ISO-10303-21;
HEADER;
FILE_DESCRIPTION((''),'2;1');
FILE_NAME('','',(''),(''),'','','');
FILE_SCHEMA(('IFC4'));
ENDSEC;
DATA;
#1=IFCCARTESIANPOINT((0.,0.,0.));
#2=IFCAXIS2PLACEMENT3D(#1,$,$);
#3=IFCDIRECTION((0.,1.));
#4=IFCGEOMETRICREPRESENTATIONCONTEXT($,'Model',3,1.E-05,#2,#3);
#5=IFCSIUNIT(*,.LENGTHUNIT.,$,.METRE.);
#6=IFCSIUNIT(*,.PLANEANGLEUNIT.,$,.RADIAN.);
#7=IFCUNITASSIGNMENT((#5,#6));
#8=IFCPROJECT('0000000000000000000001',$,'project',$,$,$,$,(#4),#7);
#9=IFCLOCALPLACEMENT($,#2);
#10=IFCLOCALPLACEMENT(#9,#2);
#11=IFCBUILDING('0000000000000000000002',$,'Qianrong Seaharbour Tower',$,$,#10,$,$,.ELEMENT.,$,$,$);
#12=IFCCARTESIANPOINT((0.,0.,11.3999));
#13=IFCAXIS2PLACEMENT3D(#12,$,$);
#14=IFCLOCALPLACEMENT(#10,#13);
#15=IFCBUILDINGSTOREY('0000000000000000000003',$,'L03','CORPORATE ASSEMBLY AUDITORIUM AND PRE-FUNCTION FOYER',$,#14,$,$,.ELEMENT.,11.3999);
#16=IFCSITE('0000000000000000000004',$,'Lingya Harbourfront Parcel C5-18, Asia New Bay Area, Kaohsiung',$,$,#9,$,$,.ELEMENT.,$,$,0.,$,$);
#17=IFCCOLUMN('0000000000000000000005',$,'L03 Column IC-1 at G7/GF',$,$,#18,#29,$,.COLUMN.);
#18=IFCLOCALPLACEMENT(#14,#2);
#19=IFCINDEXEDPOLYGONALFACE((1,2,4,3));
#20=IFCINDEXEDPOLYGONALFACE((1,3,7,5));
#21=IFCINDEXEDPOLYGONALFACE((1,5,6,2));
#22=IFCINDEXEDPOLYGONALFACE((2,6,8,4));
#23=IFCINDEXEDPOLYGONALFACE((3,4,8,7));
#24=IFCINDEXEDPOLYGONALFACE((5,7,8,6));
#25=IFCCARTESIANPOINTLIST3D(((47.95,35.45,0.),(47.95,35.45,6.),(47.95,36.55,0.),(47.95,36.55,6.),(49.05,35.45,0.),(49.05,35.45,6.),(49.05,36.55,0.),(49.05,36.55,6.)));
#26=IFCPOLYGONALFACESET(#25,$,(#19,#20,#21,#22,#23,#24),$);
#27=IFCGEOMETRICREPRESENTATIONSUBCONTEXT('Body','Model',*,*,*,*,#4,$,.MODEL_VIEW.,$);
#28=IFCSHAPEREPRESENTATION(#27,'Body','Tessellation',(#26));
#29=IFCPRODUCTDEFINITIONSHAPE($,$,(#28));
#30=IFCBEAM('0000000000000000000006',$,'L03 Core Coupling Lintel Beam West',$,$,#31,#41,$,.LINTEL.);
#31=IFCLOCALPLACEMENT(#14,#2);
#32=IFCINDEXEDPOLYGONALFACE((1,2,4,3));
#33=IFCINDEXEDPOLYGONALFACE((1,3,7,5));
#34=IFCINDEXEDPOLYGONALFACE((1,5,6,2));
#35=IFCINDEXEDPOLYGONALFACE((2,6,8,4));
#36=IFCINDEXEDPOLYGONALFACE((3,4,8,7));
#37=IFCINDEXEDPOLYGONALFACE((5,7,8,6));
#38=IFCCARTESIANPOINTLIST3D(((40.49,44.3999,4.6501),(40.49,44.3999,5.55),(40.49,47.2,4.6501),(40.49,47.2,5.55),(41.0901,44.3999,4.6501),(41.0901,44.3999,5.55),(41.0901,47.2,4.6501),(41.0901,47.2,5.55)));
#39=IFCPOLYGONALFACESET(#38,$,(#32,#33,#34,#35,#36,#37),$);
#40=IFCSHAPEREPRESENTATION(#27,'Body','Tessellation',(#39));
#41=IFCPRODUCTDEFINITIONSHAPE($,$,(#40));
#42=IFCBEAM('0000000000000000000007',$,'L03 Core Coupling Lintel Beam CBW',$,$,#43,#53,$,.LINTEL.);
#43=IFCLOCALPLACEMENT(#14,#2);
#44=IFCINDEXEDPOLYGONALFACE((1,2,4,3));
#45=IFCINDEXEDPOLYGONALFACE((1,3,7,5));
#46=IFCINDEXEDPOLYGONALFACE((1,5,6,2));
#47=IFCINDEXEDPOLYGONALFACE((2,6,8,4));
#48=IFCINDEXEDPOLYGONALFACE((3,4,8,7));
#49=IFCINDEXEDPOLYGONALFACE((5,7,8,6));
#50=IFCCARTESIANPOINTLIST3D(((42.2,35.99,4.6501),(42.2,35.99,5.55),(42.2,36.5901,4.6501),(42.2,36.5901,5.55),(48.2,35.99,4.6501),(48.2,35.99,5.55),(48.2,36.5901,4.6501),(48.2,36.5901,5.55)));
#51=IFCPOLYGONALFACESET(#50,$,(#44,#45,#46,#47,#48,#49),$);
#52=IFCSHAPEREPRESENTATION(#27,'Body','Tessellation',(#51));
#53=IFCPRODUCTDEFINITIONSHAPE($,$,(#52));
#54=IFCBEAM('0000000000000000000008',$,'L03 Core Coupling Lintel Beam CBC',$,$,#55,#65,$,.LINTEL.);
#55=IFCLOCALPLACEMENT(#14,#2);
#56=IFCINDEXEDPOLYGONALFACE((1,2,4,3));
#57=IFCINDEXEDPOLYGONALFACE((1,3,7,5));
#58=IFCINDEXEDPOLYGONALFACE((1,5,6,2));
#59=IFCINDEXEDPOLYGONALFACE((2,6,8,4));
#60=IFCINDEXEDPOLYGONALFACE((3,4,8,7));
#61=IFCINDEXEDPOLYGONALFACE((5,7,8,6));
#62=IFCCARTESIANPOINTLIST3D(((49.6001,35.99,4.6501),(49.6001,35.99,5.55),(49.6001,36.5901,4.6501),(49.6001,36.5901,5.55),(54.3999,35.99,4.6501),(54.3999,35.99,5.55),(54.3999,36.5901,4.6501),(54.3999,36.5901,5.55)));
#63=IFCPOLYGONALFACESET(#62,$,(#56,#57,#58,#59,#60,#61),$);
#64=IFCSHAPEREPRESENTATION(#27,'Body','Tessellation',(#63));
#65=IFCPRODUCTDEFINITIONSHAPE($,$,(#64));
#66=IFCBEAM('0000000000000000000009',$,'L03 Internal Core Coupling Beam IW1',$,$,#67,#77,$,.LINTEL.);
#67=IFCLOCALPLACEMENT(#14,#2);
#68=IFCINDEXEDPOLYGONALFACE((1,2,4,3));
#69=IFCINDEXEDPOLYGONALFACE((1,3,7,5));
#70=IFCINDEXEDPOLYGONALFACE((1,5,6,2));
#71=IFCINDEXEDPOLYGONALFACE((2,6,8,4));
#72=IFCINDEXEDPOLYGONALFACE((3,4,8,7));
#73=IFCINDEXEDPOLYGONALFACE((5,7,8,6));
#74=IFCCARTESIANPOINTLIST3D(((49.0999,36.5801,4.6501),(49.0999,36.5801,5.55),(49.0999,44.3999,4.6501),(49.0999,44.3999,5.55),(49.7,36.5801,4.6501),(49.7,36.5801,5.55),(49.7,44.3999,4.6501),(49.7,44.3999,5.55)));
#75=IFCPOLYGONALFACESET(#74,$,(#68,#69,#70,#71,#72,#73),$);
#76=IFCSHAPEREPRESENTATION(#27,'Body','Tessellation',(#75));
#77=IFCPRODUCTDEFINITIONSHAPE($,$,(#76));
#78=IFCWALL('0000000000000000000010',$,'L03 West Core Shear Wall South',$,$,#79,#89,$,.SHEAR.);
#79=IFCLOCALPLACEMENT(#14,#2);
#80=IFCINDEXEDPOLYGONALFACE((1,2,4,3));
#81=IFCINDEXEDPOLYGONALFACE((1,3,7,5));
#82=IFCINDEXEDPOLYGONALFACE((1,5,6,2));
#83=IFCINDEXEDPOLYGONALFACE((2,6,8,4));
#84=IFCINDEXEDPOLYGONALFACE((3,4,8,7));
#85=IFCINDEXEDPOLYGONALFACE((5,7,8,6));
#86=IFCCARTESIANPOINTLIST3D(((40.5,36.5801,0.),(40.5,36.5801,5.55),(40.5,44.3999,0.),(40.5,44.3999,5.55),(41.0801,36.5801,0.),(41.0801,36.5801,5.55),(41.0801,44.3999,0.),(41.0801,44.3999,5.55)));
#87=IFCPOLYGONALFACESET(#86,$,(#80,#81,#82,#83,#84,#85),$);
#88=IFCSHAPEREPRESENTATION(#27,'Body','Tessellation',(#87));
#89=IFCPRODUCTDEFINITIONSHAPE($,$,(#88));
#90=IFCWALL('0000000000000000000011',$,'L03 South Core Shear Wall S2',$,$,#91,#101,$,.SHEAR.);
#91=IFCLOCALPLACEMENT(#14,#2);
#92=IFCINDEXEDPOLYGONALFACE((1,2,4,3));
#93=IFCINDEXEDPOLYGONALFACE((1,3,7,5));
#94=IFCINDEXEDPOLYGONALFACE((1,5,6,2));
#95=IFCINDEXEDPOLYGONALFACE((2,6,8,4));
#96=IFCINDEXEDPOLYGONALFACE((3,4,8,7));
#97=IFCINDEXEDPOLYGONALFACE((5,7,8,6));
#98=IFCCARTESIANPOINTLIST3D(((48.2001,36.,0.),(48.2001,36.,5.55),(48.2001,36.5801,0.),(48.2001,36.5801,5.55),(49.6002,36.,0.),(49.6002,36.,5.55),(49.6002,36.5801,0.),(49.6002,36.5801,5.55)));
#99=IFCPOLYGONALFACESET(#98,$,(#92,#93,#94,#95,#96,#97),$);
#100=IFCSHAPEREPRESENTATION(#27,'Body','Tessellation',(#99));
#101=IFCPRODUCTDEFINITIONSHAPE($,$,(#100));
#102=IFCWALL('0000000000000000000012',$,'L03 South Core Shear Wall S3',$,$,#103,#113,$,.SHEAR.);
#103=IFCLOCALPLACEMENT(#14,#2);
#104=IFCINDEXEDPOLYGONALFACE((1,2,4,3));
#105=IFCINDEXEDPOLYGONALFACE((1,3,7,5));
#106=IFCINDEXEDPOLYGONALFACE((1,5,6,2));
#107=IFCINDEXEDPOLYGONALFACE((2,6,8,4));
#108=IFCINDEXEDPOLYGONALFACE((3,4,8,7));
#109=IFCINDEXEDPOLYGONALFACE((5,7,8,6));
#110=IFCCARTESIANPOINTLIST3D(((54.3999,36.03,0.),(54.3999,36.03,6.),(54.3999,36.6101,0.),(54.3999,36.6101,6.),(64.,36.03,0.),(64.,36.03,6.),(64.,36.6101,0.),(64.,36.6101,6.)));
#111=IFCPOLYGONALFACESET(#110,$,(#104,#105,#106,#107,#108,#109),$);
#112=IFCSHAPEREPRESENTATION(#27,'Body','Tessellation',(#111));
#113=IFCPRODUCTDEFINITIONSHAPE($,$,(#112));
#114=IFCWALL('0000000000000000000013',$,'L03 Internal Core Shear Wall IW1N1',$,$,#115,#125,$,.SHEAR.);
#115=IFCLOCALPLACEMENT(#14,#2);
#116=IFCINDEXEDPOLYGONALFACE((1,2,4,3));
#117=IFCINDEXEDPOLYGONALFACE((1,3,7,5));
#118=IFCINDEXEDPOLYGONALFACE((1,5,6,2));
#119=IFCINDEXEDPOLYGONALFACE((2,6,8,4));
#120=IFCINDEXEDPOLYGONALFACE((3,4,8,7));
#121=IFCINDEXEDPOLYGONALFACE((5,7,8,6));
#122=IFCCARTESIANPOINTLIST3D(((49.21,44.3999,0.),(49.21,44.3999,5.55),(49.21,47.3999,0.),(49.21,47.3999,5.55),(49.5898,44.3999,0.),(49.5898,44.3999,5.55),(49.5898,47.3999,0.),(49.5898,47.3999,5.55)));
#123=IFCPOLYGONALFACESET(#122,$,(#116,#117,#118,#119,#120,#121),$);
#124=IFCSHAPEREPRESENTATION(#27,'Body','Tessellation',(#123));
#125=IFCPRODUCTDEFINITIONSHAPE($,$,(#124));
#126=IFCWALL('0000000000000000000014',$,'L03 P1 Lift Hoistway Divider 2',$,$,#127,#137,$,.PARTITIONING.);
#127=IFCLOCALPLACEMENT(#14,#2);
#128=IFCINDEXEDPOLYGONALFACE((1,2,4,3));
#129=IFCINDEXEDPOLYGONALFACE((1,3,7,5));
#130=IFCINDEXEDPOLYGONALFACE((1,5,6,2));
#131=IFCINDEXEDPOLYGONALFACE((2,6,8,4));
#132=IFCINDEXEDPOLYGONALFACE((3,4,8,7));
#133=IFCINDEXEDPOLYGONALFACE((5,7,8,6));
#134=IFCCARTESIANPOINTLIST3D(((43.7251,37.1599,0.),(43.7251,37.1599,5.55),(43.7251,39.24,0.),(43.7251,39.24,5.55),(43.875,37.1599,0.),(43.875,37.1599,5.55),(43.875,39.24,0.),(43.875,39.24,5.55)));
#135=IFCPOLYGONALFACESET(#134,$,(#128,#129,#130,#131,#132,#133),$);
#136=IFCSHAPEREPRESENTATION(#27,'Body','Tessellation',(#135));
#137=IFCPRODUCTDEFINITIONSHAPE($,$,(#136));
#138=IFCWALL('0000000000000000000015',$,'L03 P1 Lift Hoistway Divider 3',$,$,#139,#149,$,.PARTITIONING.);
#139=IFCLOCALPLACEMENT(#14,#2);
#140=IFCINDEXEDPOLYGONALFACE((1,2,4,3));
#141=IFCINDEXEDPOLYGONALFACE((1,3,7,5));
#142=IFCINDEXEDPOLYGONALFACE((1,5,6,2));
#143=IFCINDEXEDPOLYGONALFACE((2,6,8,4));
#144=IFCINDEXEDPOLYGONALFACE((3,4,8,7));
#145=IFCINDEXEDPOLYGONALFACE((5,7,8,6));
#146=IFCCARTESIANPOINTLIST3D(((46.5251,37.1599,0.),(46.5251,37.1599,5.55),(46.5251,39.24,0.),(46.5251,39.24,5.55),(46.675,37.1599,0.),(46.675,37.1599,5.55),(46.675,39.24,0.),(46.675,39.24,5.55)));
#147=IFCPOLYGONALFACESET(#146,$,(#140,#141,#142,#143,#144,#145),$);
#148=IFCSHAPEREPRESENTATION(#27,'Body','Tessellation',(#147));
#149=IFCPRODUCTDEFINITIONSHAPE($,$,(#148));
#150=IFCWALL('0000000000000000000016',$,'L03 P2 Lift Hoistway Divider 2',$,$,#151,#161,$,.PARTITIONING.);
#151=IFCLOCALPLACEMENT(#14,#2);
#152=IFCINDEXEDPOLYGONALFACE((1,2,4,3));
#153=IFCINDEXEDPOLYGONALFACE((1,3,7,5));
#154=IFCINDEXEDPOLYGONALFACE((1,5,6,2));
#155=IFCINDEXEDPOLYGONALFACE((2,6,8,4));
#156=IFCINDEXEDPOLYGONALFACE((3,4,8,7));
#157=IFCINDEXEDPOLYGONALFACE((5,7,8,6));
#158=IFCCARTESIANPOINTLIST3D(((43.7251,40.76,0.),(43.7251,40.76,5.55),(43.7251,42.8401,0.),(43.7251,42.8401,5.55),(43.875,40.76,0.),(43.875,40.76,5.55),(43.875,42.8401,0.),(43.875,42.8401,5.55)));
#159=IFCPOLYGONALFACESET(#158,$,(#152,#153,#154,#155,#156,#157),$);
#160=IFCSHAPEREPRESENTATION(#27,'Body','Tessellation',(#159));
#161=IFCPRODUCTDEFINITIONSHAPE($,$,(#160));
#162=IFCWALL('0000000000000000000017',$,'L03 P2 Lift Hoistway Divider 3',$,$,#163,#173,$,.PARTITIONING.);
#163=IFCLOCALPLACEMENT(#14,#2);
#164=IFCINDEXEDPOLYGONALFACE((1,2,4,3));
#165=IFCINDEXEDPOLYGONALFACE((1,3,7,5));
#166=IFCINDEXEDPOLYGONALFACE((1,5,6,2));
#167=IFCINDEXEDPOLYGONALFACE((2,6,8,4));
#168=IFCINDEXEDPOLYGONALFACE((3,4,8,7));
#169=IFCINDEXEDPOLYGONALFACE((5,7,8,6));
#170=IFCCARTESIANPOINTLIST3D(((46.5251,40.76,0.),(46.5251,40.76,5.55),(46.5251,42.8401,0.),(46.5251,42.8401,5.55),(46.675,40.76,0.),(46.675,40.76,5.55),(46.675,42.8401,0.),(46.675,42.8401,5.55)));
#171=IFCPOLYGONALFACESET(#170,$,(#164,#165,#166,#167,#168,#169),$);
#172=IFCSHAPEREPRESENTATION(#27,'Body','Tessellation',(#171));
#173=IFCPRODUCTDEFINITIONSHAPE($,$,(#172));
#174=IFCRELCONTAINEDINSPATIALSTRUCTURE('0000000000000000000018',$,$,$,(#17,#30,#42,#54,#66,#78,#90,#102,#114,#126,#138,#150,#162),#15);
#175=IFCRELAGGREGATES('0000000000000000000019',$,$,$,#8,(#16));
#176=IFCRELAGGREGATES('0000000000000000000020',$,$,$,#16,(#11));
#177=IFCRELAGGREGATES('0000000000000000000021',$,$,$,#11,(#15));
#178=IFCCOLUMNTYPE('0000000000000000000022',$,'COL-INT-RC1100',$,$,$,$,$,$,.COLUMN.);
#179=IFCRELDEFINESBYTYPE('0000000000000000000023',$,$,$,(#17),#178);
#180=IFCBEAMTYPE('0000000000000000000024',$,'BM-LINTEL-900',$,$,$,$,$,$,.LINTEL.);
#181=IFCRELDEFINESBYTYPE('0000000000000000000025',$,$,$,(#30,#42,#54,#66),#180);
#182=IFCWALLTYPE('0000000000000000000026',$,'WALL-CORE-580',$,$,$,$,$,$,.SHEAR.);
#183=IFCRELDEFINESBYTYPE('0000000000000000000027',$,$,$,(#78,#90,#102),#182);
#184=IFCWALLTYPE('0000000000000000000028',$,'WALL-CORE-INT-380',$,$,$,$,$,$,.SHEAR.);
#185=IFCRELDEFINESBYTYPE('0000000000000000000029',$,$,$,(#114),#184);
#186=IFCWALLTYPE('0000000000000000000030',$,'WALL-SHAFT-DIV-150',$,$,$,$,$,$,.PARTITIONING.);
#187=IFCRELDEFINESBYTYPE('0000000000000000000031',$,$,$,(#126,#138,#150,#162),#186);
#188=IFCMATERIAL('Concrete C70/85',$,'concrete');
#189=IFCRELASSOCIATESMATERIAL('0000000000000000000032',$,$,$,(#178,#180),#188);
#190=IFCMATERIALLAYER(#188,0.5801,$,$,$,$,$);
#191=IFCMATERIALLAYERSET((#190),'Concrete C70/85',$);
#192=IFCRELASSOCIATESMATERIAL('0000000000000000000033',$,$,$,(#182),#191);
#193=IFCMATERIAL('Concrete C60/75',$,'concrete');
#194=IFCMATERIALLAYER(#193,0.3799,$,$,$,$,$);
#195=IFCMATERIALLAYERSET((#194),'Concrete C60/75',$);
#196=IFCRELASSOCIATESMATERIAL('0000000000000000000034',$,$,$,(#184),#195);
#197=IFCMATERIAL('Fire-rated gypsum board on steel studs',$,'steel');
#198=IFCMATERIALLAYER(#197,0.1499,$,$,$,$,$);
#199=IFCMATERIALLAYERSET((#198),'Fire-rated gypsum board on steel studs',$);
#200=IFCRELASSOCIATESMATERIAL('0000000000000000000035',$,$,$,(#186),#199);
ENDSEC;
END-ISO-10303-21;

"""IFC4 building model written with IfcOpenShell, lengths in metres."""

from ifc_helpers import new_model, si_unit, direction, frame, frame_2d, origin, origin_2d, place, context, subcontext, project, spatial, rectangle, extrude, material, layer, layer_set, material_profile, profile_set, type_object, element, save


model = new_model("IFC4")

# Units and contexts
model_context = context("Model", 3, precision=1e-05, world=origin(), true_north=direction((0.0, 1.0)))
body_context = subcontext(model_context, "Body", "Model", "MODEL_VIEW")
ifc_project = project(units=[si_unit("LENGTHUNIT", "METRE"), si_unit("PLANEANGLEUNIT", "RADIAN")], contexts=[model_context])

# Site, building, storey
site_placement = place(None, origin())
site = spatial("IfcSite", under=ifc_project, at=site_placement, Name="Lingya Harbourfront Parcel C5-18, Asia New Bay Area, Kaohsiung", CompositionType="ELEMENT", RefElevation=0.0)
building_placement = place(site_placement, origin())
building = spatial("IfcBuilding", under=site, at=building_placement, Name="Qianrong Seaharbour Tower", CompositionType="ELEMENT")
storey_placement = place(building_placement, frame((0.0, 0.0, 11.3999)))
storey = spatial("IfcBuildingStorey", under=building, at=storey_placement, Name="L03", Description="CORPORATE ASSEMBLY AUDITORIUM AND PRE-FUNCTION FOYER", CompositionType="ELEMENT", Elevation=11.3999)

# Column
ifc_material_1 = material(Name="Concrete C70/85", Category="concrete")
ifc_material_profile_1 = material_profile(ifc_material_1, rectangle(XDim=1.1001, YDim=1.1001, at=origin_2d()), Name="RC1100x1100")
ifc_profile_set_1 = profile_set([ifc_material_profile_1], Name="Concrete C70/85")
column_type = type_object("IfcColumnType", Name="COL-INT-RC1100", PredefinedType="COLUMN", material=ifc_profile_set_1)
column_placement = place(storey_placement, frame((48.5, 36.0, 0.0), z_axis=(0.0, 0.0, 1.0), x_axis=(1.0, 0.0, 0.0)))
element("IfcColumn", 1, at=column_placement, inside=storey, type_object=column_type, Name="L03 Column IC-1 at G7/GF", PredefinedType="COLUMN", context=body_context, shape_type="SweptSolid", body=[
    extrude(rectangle(XDim=1.1001, YDim=1.1001, at=origin_2d()), origin(), (0.0, 0.0, 1.0), 6.0),
])

# Beams
ifc_material_profile_2 = material_profile(ifc_material_1, rectangle(XDim=0.6001, YDim=0.8999, at=origin_2d()), Name="RC600x900")
ifc_profile_set_2 = profile_set([ifc_material_profile_2], Name="Concrete C70/85")
beam_type = type_object("IfcBeamType", Name="BM-LINTEL-900", PredefinedType="LINTEL", material=ifc_profile_set_2)
beam_1_placement = place(storey_placement, frame((40.79, 44.3999, 5.1001), z_axis=(0.0, 1.0, 0.0), x_axis=(-1.0, 0.0, 0.0)))
element("IfcBeam", 2, at=beam_1_placement, inside=storey, type_object=beam_type, Name="L03 Core Coupling Lintel Beam West", PredefinedType="LINTEL", context=body_context, shape_type="SweptSolid", body=[
    extrude(rectangle(XDim=0.6001, YDim=0.8999, at=origin_2d()), origin(), (0.0, 0.0, 1.0), 2.8),
])
beam_2_placement = place(storey_placement, frame((42.2, 36.29, 5.1001), z_axis=(1.0, 0.0, 0.0), x_axis=(0.0, 1.0, 0.0)))
element("IfcBeam", 3, at=beam_2_placement, inside=storey, type_object=beam_type, Name="L03 Core Coupling Lintel Beam CBW", PredefinedType="LINTEL", context=body_context, shape_type="SweptSolid", body=[
    extrude(rectangle(XDim=0.6001, YDim=0.8999, at=origin_2d()), origin(), (0.0, 0.0, 1.0), 6.0),
])
beam_3_placement = place(storey_placement, frame((49.6001, 36.29, 5.1001), z_axis=(1.0, 0.0, 0.0), x_axis=(0.0, 1.0, 0.0)))
element("IfcBeam", 4, at=beam_3_placement, inside=storey, type_object=beam_type, Name="L03 Core Coupling Lintel Beam CBC", PredefinedType="LINTEL", context=body_context, shape_type="SweptSolid", body=[
    extrude(rectangle(XDim=0.6001, YDim=0.8999, at=origin_2d()), origin(), (0.0, 0.0, 1.0), 4.7998),
])
beam_4_placement = place(storey_placement, frame((49.3999, 36.5801, 5.1001), z_axis=(0.0, 1.0, 0.0), x_axis=(-1.0, 0.0, 0.0)))
element("IfcBeam", 5, at=beam_4_placement, inside=storey, type_object=beam_type, Name="L03 Internal Core Coupling Beam IW1", PredefinedType="LINTEL", context=body_context, shape_type="SweptSolid", body=[
    extrude(rectangle(XDim=0.6001, YDim=0.8999, at=origin_2d()), origin(), (0.0, 0.0, 1.0), 7.8198),
])

# Walls
ifc_layer_1 = layer(ifc_material_1, 0.5801)
ifc_layer_set_1 = layer_set([ifc_layer_1], Name="Concrete C70/85")
wall_type_1 = type_object("IfcWallType", Name="WALL-CORE-580", PredefinedType="SHEAR", material=ifc_layer_set_1)
wall_1_placement = place(storey_placement, frame((40.79, 36.5801, 0.0), z_axis=(0.0, 0.0, 1.0), x_axis=(0.0, 1.0, 0.0)))
element("IfcWall", 6, at=wall_1_placement, inside=storey, type_object=wall_type_1, Name="L03 West Core Shear Wall South", PredefinedType="SHEAR", context=body_context, shape_type="SweptSolid", body=[
    extrude(rectangle(XDim=7.8198, YDim=0.5801, at=frame_2d((3.9099, 0.0))), origin(), (0.0, 0.0, 1.0), 5.55),
])
wall_2_placement = place(storey_placement, frame((48.2, 36.29, 0.0), z_axis=(0.0, 0.0, 1.0), x_axis=(1.0, 0.0, 0.0)))
element("IfcWall", 7, at=wall_2_placement, inside=storey, type_object=wall_type_1, Name="L03 South Core Shear Wall S2", PredefinedType="SHEAR", context=body_context, shape_type="SweptSolid", body=[
    extrude(rectangle(XDim=1.4001, YDim=0.5801, at=frame_2d((0.7002, 0.0))), origin(), (0.0, 0.0, 1.0), 5.55),
])
wall_3_placement = place(storey_placement, frame((54.3999, 36.3201, 0.0), z_axis=(0.0, 0.0, 1.0), x_axis=(1.0, 0.0, 0.0)))
element("IfcWall", 8, at=wall_3_placement, inside=storey, type_object=wall_type_1, Name="L03 South Core Shear Wall S3", PredefinedType="SHEAR", context=body_context, shape_type="SweptSolid", body=[
    extrude(rectangle(XDim=9.6001, YDim=0.5801, at=frame_2d((4.8, 0.0))), origin(), (0.0, 0.0, 1.0), 6.0),
])
ifc_material_2 = material(Name="Concrete C60/75", Category="concrete")
ifc_layer_2 = layer(ifc_material_2, 0.3799)
ifc_layer_set_2 = layer_set([ifc_layer_2], Name="Concrete C60/75")
wall_type_2 = type_object("IfcWallType", Name="WALL-CORE-INT-380", PredefinedType="SHEAR", material=ifc_layer_set_2)
wall_4_placement = place(storey_placement, frame((49.3999, 44.3999, 0.0), z_axis=(0.0, 0.0, 1.0), x_axis=(0.0, 1.0, 0.0)))
element("IfcWall", 9, at=wall_4_placement, inside=storey, type_object=wall_type_2, Name="L03 Internal Core Shear Wall IW1N1", PredefinedType="SHEAR", context=body_context, shape_type="SweptSolid", body=[
    extrude(rectangle(XDim=3.0, YDim=0.3799, at=frame_2d((1.5, 0.0))), origin(), (0.0, 0.0, 1.0), 5.55),
])
ifc_material_3 = material(Name="Fire-rated gypsum board on steel studs", Category="steel")
ifc_layer_3 = layer(ifc_material_3, 0.1499)
ifc_layer_set_3 = layer_set([ifc_layer_3], Name="Fire-rated gypsum board on steel studs")
wall_type_3 = type_object("IfcWallType", Name="WALL-SHAFT-DIV-150", PredefinedType="PARTITIONING", material=ifc_layer_set_3)
for number, where, z_axis, x_axis, name in (
    (10, (43.8, 37.1599, 0.0), (0.0, 0.0, 1.0), (0.0, 1.0, 0.0), "L03 P1 Lift Hoistway Divider 2"),
    (11, (46.6001, 37.1599, 0.0), (0.0, 0.0, 1.0), (0.0, 1.0, 0.0), "L03 P1 Lift Hoistway Divider 3"),
    (12, (43.8, 40.76, 0.0), (0.0, 0.0, 1.0), (0.0, 1.0, 0.0), "L03 P2 Lift Hoistway Divider 2"),
    (13, (46.6001, 40.76, 0.0), (0.0, 0.0, 1.0), (0.0, 1.0, 0.0), "L03 P2 Lift Hoistway Divider 3"),
):
    element("IfcWall", number, at=place(storey_placement, frame(where, z_axis=z_axis, x_axis=x_axis)), inside=storey, type_object=wall_type_3, Name=name, PredefinedType="PARTITIONING", context=body_context, shape_type="SweptSolid", body=[
        extrude(rectangle(XDim=2.0801, YDim=0.1499, at=frame_2d((1.04, 0.0))), origin(), (0.0, 0.0, 1.0), 5.55),
    ])

save(model, "model.ifc")
